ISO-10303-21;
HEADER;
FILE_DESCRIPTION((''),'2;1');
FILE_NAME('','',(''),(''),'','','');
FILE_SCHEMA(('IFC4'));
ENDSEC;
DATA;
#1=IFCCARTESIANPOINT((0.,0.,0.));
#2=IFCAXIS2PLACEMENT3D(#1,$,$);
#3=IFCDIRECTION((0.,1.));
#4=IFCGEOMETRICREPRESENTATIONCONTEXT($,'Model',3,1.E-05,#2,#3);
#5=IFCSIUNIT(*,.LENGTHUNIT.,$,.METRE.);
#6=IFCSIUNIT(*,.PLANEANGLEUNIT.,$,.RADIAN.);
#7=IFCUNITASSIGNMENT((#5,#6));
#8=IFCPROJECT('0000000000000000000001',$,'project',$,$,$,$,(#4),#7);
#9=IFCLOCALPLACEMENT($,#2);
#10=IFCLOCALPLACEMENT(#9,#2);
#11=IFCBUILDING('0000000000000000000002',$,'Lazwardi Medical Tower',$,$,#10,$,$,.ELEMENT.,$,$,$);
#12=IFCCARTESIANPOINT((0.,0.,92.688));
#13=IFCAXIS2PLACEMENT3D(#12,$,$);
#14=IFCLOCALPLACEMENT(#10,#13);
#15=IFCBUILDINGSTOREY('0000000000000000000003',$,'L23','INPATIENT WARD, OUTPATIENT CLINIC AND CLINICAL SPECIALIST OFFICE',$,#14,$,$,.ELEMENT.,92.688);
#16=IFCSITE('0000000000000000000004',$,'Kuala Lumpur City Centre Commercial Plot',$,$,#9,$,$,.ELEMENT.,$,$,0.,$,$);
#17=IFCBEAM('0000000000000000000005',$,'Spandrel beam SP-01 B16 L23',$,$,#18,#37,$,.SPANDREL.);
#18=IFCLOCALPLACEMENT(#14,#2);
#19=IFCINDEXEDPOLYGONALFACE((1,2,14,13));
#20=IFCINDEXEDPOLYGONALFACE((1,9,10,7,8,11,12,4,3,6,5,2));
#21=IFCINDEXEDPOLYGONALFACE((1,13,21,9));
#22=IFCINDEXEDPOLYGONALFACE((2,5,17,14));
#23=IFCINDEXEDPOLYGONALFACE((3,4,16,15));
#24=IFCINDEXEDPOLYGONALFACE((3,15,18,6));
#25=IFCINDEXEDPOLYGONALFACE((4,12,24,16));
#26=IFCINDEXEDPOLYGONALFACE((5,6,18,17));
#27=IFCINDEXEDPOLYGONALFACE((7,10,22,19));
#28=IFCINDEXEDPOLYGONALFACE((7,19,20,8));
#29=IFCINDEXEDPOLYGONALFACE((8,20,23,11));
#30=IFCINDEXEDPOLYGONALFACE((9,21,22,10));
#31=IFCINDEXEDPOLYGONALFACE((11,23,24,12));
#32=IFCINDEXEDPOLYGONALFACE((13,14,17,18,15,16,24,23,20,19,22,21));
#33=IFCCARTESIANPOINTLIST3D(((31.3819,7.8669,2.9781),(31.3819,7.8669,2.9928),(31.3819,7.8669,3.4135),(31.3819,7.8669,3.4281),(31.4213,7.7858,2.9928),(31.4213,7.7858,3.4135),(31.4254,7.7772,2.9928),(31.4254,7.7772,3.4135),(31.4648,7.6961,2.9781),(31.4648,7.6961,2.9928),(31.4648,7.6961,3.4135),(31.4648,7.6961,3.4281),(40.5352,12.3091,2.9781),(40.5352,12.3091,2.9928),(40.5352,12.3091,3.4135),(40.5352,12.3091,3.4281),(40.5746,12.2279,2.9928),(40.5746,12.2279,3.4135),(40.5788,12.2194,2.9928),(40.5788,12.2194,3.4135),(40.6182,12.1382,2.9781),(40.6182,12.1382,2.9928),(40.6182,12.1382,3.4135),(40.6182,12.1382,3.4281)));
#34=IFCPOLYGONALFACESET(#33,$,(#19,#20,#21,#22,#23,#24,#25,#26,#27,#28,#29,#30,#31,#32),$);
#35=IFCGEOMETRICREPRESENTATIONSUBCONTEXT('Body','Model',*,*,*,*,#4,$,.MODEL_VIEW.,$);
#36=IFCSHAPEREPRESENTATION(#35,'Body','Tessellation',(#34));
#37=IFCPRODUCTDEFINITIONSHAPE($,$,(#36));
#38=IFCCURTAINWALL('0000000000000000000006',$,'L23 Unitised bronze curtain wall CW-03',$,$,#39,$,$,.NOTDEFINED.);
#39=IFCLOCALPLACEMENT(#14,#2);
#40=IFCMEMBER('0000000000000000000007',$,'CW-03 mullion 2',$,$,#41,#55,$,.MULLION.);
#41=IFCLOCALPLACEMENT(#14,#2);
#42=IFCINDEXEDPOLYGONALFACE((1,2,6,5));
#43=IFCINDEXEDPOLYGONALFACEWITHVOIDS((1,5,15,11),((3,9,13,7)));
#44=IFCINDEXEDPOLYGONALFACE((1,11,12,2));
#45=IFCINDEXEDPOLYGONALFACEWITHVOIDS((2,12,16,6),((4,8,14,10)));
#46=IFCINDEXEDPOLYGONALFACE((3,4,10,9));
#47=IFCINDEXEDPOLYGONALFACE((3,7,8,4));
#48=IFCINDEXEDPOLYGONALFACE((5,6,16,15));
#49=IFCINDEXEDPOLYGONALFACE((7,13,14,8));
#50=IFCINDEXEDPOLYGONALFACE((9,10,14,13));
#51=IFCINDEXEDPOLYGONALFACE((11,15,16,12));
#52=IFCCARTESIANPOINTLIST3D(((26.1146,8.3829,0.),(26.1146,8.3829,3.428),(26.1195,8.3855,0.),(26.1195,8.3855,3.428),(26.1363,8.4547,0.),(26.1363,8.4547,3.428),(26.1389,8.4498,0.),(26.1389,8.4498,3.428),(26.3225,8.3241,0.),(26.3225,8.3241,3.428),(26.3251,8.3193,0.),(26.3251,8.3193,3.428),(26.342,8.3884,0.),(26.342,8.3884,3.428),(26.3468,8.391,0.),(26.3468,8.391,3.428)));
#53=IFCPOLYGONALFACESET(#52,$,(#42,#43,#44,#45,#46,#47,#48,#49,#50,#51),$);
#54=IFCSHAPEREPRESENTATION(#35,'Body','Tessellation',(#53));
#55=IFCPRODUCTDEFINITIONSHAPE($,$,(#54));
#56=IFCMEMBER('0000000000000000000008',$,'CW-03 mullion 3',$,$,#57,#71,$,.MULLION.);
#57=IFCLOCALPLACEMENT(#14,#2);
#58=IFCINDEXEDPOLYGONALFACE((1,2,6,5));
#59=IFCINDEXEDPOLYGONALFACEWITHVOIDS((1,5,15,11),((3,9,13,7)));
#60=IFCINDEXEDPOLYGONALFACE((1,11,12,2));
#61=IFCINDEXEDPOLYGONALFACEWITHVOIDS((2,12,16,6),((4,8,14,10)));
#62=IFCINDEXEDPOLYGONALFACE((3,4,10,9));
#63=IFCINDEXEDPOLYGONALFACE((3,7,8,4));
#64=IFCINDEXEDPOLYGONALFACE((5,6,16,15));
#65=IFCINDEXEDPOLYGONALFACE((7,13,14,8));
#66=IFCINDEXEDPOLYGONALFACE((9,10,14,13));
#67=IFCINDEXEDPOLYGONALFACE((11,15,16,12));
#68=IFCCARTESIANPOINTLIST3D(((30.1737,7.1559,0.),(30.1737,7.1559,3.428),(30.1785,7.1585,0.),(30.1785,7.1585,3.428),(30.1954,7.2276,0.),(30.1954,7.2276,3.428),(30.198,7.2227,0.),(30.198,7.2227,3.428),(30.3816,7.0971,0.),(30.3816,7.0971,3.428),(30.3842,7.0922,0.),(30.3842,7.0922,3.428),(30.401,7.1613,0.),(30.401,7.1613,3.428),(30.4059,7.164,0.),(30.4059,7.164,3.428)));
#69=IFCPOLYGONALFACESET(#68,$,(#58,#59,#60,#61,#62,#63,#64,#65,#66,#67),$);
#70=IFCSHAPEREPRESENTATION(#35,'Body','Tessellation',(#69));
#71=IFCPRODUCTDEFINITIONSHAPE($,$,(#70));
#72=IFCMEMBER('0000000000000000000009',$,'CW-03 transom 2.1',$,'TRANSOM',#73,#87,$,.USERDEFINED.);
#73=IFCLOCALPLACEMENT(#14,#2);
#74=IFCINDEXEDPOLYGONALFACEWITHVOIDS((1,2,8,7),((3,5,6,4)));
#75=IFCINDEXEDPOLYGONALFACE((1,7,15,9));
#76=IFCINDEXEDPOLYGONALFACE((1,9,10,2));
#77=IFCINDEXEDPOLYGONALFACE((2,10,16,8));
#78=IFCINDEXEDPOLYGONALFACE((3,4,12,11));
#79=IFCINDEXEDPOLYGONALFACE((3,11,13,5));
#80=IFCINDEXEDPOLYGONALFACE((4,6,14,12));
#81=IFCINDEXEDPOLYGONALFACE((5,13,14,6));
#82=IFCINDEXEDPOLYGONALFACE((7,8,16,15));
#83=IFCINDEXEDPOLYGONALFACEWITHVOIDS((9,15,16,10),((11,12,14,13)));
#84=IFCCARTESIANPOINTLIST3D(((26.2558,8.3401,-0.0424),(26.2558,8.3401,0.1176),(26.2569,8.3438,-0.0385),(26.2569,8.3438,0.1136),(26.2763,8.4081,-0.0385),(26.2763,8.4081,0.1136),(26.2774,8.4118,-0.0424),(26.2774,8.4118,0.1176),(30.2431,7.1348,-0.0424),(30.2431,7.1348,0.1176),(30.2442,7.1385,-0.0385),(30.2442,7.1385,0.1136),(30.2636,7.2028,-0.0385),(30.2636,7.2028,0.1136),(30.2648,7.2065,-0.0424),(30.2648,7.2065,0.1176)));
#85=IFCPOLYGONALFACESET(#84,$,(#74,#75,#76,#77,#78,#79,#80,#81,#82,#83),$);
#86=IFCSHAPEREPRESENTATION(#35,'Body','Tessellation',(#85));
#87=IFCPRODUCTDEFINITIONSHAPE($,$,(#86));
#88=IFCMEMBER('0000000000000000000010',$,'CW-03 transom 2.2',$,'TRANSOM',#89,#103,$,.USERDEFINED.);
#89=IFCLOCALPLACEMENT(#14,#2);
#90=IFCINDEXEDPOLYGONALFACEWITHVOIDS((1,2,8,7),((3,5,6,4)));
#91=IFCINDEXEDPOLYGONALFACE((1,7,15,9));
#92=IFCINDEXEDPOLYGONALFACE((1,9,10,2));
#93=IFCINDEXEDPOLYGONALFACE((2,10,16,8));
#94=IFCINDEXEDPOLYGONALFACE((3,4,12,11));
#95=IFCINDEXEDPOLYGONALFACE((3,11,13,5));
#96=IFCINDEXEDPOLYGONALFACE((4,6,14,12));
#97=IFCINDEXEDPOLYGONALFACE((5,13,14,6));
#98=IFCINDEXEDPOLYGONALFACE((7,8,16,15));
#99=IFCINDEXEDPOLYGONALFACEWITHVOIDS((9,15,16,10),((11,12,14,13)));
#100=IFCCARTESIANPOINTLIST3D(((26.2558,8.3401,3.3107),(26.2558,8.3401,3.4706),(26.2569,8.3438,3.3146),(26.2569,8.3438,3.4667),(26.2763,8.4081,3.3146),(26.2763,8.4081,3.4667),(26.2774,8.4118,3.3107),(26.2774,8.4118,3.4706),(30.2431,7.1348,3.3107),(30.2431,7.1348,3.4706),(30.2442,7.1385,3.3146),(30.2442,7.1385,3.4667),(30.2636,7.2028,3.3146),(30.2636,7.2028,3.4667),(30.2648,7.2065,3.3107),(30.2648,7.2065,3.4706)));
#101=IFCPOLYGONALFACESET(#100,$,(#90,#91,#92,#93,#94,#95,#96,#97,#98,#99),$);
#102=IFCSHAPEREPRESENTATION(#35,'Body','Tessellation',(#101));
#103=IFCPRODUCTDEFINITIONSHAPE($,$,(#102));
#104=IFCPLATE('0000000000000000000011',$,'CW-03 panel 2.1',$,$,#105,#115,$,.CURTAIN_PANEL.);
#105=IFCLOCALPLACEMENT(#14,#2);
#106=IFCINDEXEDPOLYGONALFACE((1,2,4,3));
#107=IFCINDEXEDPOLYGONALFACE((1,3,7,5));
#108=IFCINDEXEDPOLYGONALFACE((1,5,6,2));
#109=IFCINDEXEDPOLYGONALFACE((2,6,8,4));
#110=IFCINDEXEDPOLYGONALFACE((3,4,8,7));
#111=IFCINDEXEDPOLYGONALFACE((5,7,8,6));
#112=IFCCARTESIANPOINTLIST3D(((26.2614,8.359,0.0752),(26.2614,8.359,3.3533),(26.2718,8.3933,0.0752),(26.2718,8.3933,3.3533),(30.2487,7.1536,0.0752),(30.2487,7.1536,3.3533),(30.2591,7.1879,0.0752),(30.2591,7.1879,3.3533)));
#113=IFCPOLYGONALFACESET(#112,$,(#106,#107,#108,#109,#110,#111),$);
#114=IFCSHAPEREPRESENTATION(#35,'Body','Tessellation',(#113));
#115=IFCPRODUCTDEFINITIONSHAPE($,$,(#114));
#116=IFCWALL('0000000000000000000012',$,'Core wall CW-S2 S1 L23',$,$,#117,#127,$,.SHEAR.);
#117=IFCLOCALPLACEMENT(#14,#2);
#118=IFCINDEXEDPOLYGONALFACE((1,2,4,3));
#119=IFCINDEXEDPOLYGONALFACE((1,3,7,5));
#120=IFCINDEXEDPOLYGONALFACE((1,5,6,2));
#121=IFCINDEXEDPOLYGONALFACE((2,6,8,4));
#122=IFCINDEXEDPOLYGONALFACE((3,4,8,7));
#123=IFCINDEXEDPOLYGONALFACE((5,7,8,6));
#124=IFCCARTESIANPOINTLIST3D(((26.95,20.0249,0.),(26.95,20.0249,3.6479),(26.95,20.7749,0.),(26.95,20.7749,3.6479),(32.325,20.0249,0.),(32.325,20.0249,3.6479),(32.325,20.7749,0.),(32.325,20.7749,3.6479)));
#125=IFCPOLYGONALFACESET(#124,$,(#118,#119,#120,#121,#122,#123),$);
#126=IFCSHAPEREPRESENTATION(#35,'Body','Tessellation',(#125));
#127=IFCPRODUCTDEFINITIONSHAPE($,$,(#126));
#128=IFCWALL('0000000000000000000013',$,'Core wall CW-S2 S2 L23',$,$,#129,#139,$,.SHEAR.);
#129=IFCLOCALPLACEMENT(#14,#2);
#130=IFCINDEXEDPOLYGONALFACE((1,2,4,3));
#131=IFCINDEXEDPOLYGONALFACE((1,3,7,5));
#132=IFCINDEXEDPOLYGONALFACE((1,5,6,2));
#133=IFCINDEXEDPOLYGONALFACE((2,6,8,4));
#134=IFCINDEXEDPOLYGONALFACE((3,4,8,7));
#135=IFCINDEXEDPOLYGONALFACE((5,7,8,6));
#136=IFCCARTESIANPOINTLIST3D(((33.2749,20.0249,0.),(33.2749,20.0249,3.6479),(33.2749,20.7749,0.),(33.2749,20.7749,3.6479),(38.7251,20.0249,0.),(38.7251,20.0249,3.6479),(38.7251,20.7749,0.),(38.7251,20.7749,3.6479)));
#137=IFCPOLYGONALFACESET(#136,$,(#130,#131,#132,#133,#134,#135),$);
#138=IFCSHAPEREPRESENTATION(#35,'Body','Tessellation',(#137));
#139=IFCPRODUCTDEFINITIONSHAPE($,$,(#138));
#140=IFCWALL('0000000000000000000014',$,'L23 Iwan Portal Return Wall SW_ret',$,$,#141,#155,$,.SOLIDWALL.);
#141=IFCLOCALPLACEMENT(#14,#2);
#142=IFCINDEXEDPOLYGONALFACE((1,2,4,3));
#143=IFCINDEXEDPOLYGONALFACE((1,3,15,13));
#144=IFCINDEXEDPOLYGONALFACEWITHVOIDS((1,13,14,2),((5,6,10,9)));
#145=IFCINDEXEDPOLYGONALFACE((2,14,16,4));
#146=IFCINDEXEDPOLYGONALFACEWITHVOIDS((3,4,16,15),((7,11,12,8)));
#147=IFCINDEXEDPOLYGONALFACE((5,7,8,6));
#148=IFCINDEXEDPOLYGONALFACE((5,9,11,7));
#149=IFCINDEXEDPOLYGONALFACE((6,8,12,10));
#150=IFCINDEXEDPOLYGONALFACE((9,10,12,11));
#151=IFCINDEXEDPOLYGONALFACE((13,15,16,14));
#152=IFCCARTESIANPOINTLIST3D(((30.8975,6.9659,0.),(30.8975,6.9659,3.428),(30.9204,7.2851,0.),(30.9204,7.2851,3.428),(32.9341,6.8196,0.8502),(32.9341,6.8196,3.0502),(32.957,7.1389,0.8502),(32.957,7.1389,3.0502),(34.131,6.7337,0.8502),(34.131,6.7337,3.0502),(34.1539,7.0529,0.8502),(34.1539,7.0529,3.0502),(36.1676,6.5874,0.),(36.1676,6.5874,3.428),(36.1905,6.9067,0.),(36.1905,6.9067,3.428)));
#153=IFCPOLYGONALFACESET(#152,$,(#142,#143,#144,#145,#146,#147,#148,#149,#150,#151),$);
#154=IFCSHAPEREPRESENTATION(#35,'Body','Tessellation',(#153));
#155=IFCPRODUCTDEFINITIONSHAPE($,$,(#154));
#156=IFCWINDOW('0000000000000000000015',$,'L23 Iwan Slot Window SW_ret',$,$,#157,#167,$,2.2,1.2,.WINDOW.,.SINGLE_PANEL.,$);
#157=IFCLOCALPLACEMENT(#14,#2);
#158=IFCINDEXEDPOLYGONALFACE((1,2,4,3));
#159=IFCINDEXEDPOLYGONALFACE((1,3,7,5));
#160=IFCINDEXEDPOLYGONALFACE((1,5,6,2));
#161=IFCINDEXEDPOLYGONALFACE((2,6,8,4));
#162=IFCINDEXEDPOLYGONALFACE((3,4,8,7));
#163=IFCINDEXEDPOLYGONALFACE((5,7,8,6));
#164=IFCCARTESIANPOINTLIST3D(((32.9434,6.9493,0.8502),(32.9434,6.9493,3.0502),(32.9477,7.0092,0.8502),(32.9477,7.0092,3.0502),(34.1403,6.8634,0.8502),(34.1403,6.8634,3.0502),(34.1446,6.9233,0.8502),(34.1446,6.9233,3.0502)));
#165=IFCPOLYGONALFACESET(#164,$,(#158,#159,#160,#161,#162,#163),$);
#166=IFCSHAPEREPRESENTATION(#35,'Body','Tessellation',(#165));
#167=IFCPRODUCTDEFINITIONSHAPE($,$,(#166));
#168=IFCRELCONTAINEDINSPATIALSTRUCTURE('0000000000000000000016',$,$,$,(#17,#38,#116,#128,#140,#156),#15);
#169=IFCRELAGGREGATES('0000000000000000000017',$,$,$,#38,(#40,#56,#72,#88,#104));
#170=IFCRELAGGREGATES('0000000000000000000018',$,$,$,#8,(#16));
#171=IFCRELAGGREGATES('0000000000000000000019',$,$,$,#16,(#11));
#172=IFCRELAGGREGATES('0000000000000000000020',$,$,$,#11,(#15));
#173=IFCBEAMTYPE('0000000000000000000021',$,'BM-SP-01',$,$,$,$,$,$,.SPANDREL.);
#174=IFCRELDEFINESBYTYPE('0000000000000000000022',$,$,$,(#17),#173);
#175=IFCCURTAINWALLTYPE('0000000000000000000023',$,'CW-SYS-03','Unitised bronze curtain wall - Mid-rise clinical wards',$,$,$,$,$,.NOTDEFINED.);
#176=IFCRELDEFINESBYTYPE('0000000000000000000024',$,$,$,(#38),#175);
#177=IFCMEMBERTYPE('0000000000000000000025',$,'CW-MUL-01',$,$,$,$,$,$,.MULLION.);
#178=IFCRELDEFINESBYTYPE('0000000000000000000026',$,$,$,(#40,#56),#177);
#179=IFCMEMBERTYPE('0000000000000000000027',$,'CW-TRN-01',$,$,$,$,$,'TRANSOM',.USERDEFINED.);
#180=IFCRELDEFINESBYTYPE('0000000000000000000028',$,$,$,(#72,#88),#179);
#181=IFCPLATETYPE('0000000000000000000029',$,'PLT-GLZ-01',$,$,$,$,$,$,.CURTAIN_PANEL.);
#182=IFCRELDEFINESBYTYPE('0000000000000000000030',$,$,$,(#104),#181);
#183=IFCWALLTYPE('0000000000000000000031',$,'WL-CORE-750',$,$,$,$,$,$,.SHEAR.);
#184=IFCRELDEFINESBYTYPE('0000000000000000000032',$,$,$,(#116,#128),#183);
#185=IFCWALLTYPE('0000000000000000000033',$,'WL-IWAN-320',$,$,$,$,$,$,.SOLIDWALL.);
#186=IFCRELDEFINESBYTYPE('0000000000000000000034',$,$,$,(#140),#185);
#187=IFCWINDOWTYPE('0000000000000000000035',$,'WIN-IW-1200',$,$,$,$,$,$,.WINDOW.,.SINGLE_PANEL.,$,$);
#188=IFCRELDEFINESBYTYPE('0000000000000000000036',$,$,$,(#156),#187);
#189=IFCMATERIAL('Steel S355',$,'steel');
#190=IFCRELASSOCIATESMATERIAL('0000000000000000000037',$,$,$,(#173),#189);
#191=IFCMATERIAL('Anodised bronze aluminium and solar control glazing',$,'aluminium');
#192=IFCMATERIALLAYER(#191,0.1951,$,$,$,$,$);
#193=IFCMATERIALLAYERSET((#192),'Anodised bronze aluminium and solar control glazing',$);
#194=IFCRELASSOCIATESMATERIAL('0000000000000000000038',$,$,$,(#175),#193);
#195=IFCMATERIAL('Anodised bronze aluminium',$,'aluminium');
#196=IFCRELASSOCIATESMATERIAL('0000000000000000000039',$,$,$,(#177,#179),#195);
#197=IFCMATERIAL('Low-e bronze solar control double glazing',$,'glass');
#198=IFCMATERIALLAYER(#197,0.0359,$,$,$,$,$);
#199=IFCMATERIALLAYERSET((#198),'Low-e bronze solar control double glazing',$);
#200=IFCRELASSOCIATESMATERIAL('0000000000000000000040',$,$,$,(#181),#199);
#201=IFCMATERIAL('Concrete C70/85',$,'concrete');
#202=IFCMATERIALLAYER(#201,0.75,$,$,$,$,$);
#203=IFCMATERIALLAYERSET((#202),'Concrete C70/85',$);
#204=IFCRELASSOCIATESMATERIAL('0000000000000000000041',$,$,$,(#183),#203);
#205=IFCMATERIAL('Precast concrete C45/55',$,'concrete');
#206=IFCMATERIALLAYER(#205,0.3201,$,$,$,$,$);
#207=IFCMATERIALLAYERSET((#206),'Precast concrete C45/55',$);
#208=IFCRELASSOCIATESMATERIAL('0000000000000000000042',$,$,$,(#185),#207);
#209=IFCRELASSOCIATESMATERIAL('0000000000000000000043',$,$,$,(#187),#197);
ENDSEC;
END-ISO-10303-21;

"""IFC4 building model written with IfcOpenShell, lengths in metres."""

from ifc_helpers import new_model, si_unit, direction, frame, frame_2d, origin, origin_2d, place, context, subcontext, project, spatial, rectangle, hollow_rectangle, i_section, extrude, material, layer, layer_set, material_profile, profile_set, type_object, element, fill, aggregate, save


model = new_model("IFC4")

# Units and contexts
model_context = context("Model", 3, precision=1e-05, world=origin(), true_north=direction((0.0, 1.0)))
body_context = subcontext(model_context, "Body", "Model", "MODEL_VIEW")
ifc_project = project(units=[si_unit("LENGTHUNIT", "METRE"), si_unit("PLANEANGLEUNIT", "RADIAN")], contexts=[model_context])

# Site, building, storey
site_placement = place(None, origin())
site = spatial("IfcSite", under=ifc_project, at=site_placement, Name="Kuala Lumpur City Centre Commercial Plot", CompositionType="ELEMENT", RefElevation=0.0)
building_placement = place(site_placement, origin())
building = spatial("IfcBuilding", under=site, at=building_placement, Name="Lazwardi Medical Tower", CompositionType="ELEMENT")
storey_placement = place(building_placement, frame((0.0, 0.0, 92.688)))
storey = spatial("IfcBuildingStorey", under=building, at=storey_placement, Name="L23", Description="INPATIENT WARD, OUTPATIENT CLINIC AND CLINICAL SPECIALIST OFFICE", CompositionType="ELEMENT", Elevation=92.688)

# Shared definitions
ifc_material_1 = material(Name="Concrete C70/85", Category="concrete")

# Beam
ifc_material_2 = material(Name="Steel S355", Category="steel")
ifc_material_profile_1 = material_profile(ifc_material_2, i_section(OverallWidth=0.1899, OverallDepth=0.45, WebThickness=0.0095, FlangeThickness=0.0146, at=origin_2d()), Name="IPE 450")
ifc_profile_set_1 = profile_set([ifc_material_profile_1], Name="Steel S355")
beam_type_1 = type_object("IfcBeamType", Name="BM-SP-01", PredefinedType="SPANDREL", material=ifc_profile_set_1)
beam_1_placement = place(storey_placement, frame((31.4233, 7.7815, 3.2031), z_axis=(0.899653, 0.436605, 0.0), x_axis=(-0.436605, 0.899653, 0.0)))
element("IfcBeam", 1, at=beam_1_placement, inside=storey, type_object=beam_type_1, Name="Spandrel beam SP-01 B16 L23", PredefinedType="SPANDREL", context=body_context, shape_type="SweptSolid", body=[
    extrude(i_section(OverallWidth=0.1899, OverallDepth=0.45, WebThickness=0.0095, FlangeThickness=0.0146, at=origin_2d()), origin(), (0.0, 0.0, 1.0), 10.1743),
])

# Curtain wall, members, plate
ifc_material_3 = material(Name="Anodised bronze aluminium and solar control glazing", Category="aluminium")
ifc_layer_1 = layer(ifc_material_3, 0.1951)
ifc_layer_set_1 = layer_set([ifc_layer_1], Name="Anodised bronze aluminium and solar control glazing")
curtain_wall_type = type_object("IfcCurtainWallType", Name="CW-SYS-03", Description="Unitised bronze curtain wall - Mid-rise clinical wards", PredefinedType="NOTDEFINED", material=ifc_layer_set_1)
curtain_wall_placement = place(storey_placement, origin())
curtain_wall = element("IfcCurtainWall", 2, at=curtain_wall_placement, inside=storey, type_object=curtain_wall_type, Name="L23 Unitised bronze curtain wall CW-03", PredefinedType="NOTDEFINED")
ifc_material_4 = material(Name="Anodised bronze aluminium", Category="aluminium")
ifc_material_profile_2 = material_profile(ifc_material_4, hollow_rectangle(XDim=0.075, YDim=0.22, WallThickness=0.0039, at=origin_2d()), Name="ALU-MULLION 220x75x4")
ifc_profile_set_2 = profile_set([ifc_material_profile_2], Name="Anodised bronze aluminium")
member_type_1 = type_object("IfcMemberType", Name="CW-MUL-01", PredefinedType="MULLION", material=ifc_profile_set_2)
member_1_placement = place(storey_placement, frame((26.2307, 8.387, 0.0), z_axis=(0.0, 0.0, 1.0), x_axis=(0.289374, 0.957216, 0.0)))
member_1 = element("IfcMember", 3, at=member_1_placement, type_object=member_type_1, Name="CW-03 mullion 2", PredefinedType="MULLION", context=body_context, shape_type="SweptSolid", body=[
    extrude(hollow_rectangle(XDim=0.075, YDim=0.22, WallThickness=0.0039, at=origin_2d()), origin(), (0.0, 0.0, 1.0), 3.428),
])
member_2_placement = place(storey_placement, frame((30.2898, 7.1599, 0.0), z_axis=(0.0, 0.0, 1.0), x_axis=(0.289374, 0.957216, 0.0)))
member_2 = element("IfcMember", 4, at=member_2_placement, type_object=member_type_1, Name="CW-03 mullion 3", PredefinedType="MULLION", context=body_context, shape_type="SweptSolid", body=[
    extrude(hollow_rectangle(XDim=0.075, YDim=0.22, WallThickness=0.0039, at=origin_2d()), origin(), (0.0, 0.0, 1.0), 3.428),
])
ifc_material_profile_3 = material_profile(ifc_material_4, hollow_rectangle(XDim=0.075, YDim=0.1599, WallThickness=0.0039, at=origin_2d()), Name="ALU-TRANSOM 160x75x4")
ifc_profile_set_3 = profile_set([ifc_material_profile_3], Name="Anodised bronze aluminium")
member_type_2 = type_object("IfcMemberType", Name="CW-TRN-01", ElementType="TRANSOM", PredefinedType="USERDEFINED", material=ifc_profile_set_3)
member_3_placement = place(storey_placement, frame((26.2666, 8.376, 0.0376), z_axis=(0.957221, -0.289358, 0.0), x_axis=(0.289358, 0.957221, 0.0)))
member_3 = element("IfcMember", 5, at=member_3_placement, type_object=member_type_2, Name="CW-03 transom 2.1", ObjectType="TRANSOM", PredefinedType="USERDEFINED", context=body_context, shape_type="SweptSolid", body=[
    extrude(hollow_rectangle(XDim=0.075, YDim=0.1599, WallThickness=0.0039, at=origin_2d()), origin(), (0.0, 0.0, 1.0), 4.1655),
])
member_4_placement = place(storey_placement, frame((26.2666, 8.376, 3.3906), z_axis=(0.957221, -0.289358, 0.0), x_axis=(0.289358, 0.957221, 0.0)))
member_4 = element("IfcMember", 6, at=member_4_placement, type_object=member_type_2, Name="CW-03 transom 2.2", ObjectType="TRANSOM", PredefinedType="USERDEFINED", context=body_context, shape_type="SweptSolid", body=[
    extrude(hollow_rectangle(XDim=0.075, YDim=0.1599, WallThickness=0.0039, at=origin_2d()), origin(), (0.0, 0.0, 1.0), 4.1655),
])
ifc_material_5 = material(Name="Low-e bronze solar control double glazing", Category="glass")
ifc_layer_2 = layer(ifc_material_5, 0.0359)
ifc_layer_set_2 = layer_set([ifc_layer_2], Name="Low-e bronze solar control double glazing")
plate_type = type_object("IfcPlateType", Name="PLT-GLZ-01", PredefinedType="CURTAIN_PANEL", material=ifc_layer_set_2)
plate_placement = place(storey_placement, frame((28.2603, 7.7734, 0.0752), z_axis=(0.0, 0.0, 1.0), x_axis=(0.957216, -0.289374, 0.0)))
plate = element("IfcPlate", 7, at=plate_placement, type_object=plate_type, Name="CW-03 panel 2.1", PredefinedType="CURTAIN_PANEL", context=body_context, shape_type="SweptSolid", body=[
    extrude(rectangle(XDim=4.1655, YDim=0.0359, at=origin_2d()), origin(), (0.0, 0.0, 1.0), 3.2781),
])
aggregate(curtain_wall, [member_1, member_2, member_3, member_4, plate])

# Shared definitions
ifc_layer_3 = layer(ifc_material_1, 0.75)
ifc_layer_set_3 = layer_set([ifc_layer_3], Name="Concrete C70/85")
wall_type_1 = type_object("IfcWallType", Name="WL-CORE-750", PredefinedType="SHEAR", material=ifc_layer_set_3)

# Walls
wall_1_placement = place(storey_placement, frame((26.95, 20.3999, 0.0), z_axis=(0.0, 0.0, 1.0), x_axis=(1.0, 0.0, 0.0)))
element("IfcWall", 8, at=wall_1_placement, inside=storey, type_object=wall_type_1, Name="Core wall CW-S2 S1 L23", PredefinedType="SHEAR", context=body_context, shape_type="SweptSolid", body=[
    extrude(rectangle(XDim=5.375, YDim=0.75, at=frame_2d((2.6875, 0.0))), origin(), (0.0, 0.0, 1.0), 3.6479),
])
wall_2_placement = place(storey_placement, frame((33.2749, 20.3999, 0.0), z_axis=(0.0, 0.0, 1.0), x_axis=(1.0, 0.0, 0.0)))
element("IfcWall", 9, at=wall_2_placement, inside=storey, type_object=wall_type_1, Name="Core wall CW-S2 S2 L23", PredefinedType="SHEAR", context=body_context, shape_type="SweptSolid", body=[
    extrude(rectangle(XDim=5.4502, YDim=0.75, at=frame_2d((2.7251, 0.0))), origin(), (0.0, 0.0, 1.0), 3.6479),
])

# Wall, opening, window
ifc_material_6 = material(Name="Precast concrete C45/55", Category="concrete")
ifc_layer_4 = layer(ifc_material_6, 0.3201)
ifc_layer_set_4 = layer_set([ifc_layer_4], Name="Precast concrete C45/55")
wall_type_2 = type_object("IfcWallType", Name="WL-IWAN-320", PredefinedType="SOLIDWALL", material=ifc_layer_set_4)
wall_3_placement = place(storey_placement, frame((30.9089, 7.1255, 0.0), z_axis=(0.0, 0.0, 1.0), x_axis=(0.997432, -0.071621, 0.0)))
wall_3 = element("IfcWall", 10, at=wall_3_placement, inside=storey, type_object=wall_type_2, Name="L23 Iwan Portal Return Wall SW_ret", PredefinedType="SOLIDWALL", context=body_context, shape_type="SweptSolid", body=[
    extrude(rectangle(XDim=5.2837, YDim=0.3201, at=frame_2d((2.6418, 0.0))), origin(), (0.0, 0.0, 1.0), 3.428),
])
opening_1_placement = place(wall_3_placement, frame((2.0417, 0.0, 0.8501)))
opening_1 = element("IfcOpeningElement", 11, at=opening_1_placement, cuts=wall_3, PredefinedType="OPENING", context=body_context, shape_type="SweptSolid", body=[
    extrude(rectangle(XDim=1.2, YDim=2.2, at=frame_2d((0.6001, 1.1001))), frame((0.0, 0.1699, 0.0), z_axis=(0.0, -1.0, 0.0), x_axis=(1.0, 0.0, 0.0)), (0.0, 0.0, 1.0), 0.3401),
])
window_type = type_object("IfcWindowType", Name="WIN-IW-1200", PartitioningType="SINGLE_PANEL", PredefinedType="WINDOW", material=ifc_material_5)
window_placement = place(opening_1_placement, origin())
window = element("IfcWindow", 12, at=window_placement, inside=storey, type_object=window_type, Name="L23 Iwan Slot Window SW_ret", OverallHeight=2.2, OverallWidth=1.2, PartitioningType="SINGLE_PANEL", PredefinedType="WINDOW", context=body_context, shape_type="SweptSolid", body=[
    extrude(rectangle(XDim=1.2, YDim=2.2, at=frame_2d((0.6001, 1.1001))), frame((0.0, 0.03, 0.0), z_axis=(0.0, -1.0, 0.0), x_axis=(1.0, 0.0, 0.0)), (0.0, 0.0, 1.0), 0.0601),
])
fill(opening_1, window)

save(model, "model.ifc")
